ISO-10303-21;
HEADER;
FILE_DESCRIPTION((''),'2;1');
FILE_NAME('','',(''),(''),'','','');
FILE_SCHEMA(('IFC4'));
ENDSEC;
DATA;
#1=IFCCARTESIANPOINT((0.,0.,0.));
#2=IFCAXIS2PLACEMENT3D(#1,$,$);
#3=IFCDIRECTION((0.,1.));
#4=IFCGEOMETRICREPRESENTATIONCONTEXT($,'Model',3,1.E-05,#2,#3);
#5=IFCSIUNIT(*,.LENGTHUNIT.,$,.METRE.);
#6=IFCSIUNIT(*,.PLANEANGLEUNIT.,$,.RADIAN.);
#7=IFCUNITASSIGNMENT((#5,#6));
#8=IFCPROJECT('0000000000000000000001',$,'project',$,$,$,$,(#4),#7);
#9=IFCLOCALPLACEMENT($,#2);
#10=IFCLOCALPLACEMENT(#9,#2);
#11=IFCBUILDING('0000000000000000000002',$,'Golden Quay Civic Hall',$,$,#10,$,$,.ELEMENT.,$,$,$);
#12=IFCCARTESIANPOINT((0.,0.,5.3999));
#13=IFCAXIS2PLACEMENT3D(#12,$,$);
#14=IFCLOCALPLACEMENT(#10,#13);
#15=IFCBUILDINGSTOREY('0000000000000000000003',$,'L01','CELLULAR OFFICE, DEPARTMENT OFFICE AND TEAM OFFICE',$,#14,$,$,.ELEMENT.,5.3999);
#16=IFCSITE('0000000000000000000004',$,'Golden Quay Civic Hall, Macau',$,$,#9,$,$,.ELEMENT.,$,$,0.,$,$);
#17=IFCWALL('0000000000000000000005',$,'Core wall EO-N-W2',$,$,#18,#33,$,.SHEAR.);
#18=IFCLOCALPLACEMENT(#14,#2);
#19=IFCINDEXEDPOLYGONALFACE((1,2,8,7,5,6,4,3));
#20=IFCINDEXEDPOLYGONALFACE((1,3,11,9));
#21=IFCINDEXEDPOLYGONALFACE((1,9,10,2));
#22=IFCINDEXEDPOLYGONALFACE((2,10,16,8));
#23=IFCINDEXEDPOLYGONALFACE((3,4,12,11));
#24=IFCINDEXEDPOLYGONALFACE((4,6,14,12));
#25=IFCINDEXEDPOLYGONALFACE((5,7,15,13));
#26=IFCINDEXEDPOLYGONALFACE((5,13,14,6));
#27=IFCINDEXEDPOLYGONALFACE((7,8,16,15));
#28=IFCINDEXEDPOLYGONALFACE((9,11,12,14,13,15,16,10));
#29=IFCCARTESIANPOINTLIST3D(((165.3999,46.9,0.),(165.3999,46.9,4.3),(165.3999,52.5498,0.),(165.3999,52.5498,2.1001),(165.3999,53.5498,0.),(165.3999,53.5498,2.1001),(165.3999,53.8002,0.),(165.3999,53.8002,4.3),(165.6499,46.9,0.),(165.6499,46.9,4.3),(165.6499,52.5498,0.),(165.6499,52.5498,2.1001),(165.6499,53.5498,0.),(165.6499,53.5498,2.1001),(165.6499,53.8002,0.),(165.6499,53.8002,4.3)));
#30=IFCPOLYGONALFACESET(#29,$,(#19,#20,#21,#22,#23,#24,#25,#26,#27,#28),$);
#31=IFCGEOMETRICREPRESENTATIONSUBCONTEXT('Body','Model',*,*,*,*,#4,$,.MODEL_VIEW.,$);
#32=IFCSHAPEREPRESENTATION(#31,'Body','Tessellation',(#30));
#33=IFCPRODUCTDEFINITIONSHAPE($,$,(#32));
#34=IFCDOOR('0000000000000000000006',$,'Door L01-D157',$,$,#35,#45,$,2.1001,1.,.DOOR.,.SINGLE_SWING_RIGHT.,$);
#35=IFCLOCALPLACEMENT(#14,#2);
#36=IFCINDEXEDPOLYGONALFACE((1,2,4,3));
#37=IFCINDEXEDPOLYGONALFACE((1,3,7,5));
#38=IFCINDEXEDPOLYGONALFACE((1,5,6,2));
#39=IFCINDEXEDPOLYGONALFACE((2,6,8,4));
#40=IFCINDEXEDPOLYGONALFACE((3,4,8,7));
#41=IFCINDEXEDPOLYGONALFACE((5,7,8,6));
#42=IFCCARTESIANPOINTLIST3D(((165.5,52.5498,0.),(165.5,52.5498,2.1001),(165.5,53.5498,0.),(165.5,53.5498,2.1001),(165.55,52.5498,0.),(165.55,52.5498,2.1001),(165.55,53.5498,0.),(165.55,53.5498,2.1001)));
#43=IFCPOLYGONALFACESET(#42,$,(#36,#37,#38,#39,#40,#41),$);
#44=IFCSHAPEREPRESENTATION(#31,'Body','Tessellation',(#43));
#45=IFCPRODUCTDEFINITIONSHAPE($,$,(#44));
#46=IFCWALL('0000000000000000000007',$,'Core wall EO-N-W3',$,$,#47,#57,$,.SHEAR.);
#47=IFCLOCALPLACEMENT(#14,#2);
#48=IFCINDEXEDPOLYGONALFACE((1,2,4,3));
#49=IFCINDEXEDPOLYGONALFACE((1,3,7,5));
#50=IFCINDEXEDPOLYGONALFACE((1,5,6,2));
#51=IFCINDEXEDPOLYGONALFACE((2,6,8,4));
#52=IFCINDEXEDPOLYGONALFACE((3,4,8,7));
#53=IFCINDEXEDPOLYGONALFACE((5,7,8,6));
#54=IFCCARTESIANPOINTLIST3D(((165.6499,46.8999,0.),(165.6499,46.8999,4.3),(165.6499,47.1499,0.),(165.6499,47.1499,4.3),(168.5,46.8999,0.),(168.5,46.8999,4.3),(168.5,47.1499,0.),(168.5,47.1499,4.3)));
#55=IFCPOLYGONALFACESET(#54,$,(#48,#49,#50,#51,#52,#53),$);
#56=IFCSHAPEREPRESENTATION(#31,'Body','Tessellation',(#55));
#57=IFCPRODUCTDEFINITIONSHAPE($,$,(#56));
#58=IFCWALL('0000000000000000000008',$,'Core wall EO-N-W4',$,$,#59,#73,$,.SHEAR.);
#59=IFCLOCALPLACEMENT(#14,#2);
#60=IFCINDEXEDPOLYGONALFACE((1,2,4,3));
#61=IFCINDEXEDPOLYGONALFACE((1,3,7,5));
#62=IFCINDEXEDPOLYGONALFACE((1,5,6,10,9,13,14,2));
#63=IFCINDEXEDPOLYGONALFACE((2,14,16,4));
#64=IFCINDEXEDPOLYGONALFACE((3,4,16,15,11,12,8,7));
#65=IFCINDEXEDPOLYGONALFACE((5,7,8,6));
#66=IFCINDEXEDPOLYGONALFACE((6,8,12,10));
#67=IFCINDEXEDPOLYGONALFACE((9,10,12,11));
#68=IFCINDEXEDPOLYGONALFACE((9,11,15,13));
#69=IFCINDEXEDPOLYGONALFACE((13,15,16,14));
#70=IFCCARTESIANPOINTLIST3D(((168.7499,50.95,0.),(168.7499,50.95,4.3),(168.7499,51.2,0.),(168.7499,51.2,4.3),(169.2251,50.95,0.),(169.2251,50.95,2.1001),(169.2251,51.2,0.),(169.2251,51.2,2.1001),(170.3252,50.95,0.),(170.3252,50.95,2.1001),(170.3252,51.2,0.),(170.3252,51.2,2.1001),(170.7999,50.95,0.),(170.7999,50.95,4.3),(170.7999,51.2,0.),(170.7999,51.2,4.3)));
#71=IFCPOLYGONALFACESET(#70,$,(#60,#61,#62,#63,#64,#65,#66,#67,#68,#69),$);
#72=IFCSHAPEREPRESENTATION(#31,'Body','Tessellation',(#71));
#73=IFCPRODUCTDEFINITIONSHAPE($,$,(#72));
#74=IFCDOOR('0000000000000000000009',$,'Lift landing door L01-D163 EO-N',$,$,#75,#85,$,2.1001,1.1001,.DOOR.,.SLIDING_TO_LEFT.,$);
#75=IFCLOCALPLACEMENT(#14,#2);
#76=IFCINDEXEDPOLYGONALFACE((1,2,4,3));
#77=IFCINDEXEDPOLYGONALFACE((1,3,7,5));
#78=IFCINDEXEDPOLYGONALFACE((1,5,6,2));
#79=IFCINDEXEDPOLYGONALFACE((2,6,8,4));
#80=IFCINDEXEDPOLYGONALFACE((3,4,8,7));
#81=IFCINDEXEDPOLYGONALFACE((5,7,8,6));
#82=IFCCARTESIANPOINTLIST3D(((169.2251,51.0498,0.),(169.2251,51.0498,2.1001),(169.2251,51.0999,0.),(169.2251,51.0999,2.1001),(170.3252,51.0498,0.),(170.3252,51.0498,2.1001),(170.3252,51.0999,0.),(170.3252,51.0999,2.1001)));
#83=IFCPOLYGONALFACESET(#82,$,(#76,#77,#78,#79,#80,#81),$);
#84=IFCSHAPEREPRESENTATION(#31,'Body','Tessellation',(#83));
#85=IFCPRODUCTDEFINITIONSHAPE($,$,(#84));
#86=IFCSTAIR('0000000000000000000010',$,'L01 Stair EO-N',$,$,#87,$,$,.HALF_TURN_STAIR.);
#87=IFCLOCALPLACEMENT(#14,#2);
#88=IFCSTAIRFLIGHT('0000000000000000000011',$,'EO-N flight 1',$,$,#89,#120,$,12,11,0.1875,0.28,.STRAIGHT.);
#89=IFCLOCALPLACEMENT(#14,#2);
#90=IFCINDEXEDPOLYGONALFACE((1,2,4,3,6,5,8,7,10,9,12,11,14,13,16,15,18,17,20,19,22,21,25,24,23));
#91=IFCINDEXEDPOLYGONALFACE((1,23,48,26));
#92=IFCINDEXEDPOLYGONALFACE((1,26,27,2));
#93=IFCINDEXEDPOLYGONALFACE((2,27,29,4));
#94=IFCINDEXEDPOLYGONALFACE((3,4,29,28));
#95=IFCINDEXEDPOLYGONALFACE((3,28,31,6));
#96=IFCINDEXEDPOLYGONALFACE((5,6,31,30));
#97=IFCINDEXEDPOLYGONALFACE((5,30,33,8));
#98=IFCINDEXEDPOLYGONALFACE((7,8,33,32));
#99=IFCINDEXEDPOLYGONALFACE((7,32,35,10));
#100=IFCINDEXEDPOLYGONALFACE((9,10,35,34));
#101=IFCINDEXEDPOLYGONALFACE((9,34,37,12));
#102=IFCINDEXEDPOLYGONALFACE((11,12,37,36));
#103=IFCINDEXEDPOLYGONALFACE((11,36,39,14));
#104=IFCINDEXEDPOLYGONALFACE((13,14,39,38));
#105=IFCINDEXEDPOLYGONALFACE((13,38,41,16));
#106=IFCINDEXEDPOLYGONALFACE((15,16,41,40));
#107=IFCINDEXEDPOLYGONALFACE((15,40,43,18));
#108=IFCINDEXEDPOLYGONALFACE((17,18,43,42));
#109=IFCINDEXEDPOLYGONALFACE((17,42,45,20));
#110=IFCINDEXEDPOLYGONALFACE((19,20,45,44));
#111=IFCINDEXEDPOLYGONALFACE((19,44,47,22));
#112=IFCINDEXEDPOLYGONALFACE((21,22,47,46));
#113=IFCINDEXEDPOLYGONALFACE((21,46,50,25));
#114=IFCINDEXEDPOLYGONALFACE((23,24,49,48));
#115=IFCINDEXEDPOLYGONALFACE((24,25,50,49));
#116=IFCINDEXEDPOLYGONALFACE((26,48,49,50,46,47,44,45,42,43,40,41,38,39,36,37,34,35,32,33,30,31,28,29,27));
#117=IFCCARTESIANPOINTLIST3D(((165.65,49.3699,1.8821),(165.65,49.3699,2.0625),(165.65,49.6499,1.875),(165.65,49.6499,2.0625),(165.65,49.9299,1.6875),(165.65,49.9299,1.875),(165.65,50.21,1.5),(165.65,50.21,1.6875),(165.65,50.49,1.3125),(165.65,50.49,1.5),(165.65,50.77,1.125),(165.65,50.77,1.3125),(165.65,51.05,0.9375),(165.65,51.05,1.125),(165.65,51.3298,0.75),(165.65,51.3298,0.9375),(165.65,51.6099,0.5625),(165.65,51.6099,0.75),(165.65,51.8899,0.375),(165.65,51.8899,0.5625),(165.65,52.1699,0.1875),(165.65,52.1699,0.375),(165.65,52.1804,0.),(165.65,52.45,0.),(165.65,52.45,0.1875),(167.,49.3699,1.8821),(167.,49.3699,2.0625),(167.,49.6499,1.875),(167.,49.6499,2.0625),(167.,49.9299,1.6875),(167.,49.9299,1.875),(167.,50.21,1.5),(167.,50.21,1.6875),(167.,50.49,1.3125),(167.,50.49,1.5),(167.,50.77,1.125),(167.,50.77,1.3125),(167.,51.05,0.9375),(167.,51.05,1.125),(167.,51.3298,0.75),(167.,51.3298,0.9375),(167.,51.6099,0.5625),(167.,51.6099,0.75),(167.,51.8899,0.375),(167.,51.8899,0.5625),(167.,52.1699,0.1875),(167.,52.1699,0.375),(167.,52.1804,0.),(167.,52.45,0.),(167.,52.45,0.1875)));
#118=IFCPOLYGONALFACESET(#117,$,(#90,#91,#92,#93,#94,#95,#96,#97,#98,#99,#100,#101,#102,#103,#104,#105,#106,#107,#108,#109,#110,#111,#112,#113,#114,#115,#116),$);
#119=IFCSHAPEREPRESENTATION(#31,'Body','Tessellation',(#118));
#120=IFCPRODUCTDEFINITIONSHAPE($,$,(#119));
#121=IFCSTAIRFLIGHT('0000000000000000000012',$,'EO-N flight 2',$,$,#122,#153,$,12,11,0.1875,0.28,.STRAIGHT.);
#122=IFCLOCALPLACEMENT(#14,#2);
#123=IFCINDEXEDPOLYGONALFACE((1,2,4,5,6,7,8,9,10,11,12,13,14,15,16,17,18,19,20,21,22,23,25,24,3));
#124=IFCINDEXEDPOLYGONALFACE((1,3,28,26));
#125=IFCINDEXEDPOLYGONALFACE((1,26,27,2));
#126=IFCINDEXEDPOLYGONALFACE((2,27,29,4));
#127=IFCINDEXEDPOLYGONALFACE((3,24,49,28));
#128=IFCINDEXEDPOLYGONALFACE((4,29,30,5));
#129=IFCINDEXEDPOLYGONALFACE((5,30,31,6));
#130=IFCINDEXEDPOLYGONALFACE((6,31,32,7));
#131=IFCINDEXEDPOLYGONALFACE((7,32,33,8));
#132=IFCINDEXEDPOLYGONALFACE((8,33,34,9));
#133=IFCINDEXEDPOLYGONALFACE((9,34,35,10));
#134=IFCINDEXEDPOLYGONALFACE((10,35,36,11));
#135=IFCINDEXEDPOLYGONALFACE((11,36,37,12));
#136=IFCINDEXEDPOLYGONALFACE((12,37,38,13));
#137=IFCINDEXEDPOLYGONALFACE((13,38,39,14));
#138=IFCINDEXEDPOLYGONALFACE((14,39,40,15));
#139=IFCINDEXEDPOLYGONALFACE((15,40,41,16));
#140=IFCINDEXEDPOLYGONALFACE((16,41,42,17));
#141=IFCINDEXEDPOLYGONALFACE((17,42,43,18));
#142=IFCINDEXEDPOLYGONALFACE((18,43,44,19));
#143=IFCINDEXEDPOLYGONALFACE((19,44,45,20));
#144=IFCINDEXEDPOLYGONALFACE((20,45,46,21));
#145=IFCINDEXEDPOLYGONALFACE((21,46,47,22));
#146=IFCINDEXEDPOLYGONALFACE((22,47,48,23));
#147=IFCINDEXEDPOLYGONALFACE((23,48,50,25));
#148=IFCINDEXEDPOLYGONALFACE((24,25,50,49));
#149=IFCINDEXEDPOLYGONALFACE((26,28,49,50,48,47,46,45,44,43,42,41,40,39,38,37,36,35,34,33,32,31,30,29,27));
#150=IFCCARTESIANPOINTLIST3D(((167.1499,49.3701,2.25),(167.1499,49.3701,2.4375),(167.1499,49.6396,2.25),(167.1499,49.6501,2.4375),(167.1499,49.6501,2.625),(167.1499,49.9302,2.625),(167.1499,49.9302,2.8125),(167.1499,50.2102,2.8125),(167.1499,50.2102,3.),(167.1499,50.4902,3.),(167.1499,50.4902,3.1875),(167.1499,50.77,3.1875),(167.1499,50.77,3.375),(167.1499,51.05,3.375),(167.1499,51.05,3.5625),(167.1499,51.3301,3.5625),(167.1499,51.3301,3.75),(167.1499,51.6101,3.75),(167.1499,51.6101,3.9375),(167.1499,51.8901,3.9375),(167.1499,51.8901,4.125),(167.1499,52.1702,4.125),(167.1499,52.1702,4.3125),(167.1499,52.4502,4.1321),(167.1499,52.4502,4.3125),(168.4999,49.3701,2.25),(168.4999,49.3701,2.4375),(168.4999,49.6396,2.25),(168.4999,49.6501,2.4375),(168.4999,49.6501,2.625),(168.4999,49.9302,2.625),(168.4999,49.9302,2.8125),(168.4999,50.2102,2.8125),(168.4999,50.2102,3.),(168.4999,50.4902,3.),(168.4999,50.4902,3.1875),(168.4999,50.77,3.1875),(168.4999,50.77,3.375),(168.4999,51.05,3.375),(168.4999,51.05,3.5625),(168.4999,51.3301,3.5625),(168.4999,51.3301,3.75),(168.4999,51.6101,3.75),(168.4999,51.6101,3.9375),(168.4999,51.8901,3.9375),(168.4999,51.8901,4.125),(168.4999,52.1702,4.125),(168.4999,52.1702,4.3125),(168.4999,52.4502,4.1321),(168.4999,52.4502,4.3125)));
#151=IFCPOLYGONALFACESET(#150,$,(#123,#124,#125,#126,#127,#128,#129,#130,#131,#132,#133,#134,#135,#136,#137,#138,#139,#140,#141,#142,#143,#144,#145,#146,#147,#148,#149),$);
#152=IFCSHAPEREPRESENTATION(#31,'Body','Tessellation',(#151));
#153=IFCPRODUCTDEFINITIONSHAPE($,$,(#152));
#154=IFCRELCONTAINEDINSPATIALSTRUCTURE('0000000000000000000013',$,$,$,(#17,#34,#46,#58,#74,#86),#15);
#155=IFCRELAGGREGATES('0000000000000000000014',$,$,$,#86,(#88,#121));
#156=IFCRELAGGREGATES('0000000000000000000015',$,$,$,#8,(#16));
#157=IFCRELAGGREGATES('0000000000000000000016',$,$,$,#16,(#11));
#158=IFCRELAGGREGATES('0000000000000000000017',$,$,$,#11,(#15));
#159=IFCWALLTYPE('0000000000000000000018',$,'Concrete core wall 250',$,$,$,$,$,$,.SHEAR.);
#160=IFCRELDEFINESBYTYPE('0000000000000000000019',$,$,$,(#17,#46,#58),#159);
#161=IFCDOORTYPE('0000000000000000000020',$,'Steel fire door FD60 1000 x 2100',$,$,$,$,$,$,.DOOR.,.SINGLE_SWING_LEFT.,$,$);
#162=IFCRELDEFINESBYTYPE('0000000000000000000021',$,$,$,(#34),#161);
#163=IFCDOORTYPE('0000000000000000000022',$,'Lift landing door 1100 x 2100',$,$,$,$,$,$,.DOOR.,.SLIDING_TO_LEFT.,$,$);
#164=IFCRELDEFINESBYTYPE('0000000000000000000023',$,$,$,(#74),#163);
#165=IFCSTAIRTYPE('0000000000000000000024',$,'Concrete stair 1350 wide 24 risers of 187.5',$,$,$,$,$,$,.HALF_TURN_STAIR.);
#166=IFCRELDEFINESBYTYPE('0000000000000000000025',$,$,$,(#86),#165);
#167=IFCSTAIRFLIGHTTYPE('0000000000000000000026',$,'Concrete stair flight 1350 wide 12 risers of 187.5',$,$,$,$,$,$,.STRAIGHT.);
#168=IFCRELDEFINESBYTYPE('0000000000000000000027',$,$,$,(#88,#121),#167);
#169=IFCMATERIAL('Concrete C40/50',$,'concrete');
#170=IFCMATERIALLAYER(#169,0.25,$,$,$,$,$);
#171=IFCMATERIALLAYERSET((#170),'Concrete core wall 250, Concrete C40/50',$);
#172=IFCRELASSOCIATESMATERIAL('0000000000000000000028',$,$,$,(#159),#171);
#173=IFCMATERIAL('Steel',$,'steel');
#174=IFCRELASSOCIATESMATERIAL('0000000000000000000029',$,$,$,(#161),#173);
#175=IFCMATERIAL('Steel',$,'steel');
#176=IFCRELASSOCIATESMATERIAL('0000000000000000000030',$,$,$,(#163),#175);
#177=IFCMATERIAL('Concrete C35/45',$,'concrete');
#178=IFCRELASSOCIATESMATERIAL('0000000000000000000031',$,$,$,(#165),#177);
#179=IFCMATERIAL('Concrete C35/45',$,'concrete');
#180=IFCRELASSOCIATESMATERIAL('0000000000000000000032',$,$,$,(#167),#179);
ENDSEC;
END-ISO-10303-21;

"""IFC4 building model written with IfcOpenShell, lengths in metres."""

from ifc_helpers import new_model, si_unit, direction, frame, frame_2d, origin, place, context, subcontext, project, spatial, polyline, rectangle, outline, extrude, material, layer, layer_set, type_object, element, fill, aggregate, save


model = new_model("IFC4")

# Units and contexts
model_context = context("Model", 3, precision=1e-05, world=origin(), true_north=direction((0.0, 1.0)))
body_context = subcontext(model_context, "Body", "Model", "MODEL_VIEW")
ifc_project = project(units=[si_unit("LENGTHUNIT", "METRE"), si_unit("PLANEANGLEUNIT", "RADIAN")], contexts=[model_context])

# Site, building, storey
site_placement = place(None, origin())
site = spatial("IfcSite", under=ifc_project, at=site_placement, Name="Golden Quay Civic Hall, Macau", CompositionType="ELEMENT", RefElevation=0.0)
building_placement = place(site_placement, origin())
building = spatial("IfcBuilding", under=site, at=building_placement, Name="Golden Quay Civic Hall", CompositionType="ELEMENT")
storey_placement = place(building_placement, frame((0.0, 0.0, 5.3999)))
storey = spatial("IfcBuildingStorey", under=building, at=storey_placement, Name="L01", Description="CELLULAR OFFICE, DEPARTMENT OFFICE AND TEAM OFFICE", CompositionType="ELEMENT", Elevation=5.3999)

# Shared definitions
ifc_material_1 = material(Name="Concrete C40/50", Category="concrete")
ifc_layer_1 = layer(ifc_material_1, 0.25)
ifc_layer_set_1 = layer_set([ifc_layer_1], Name="Concrete core wall 250, Concrete C40/50")
wall_type_1 = type_object("IfcWallType", Name="Concrete core wall 250", PredefinedType="SHEAR", material=ifc_layer_set_1)

# Wall, opening, door
wall_1_placement = place(storey_placement, frame((165.5249, 46.8999, 0.0), z_axis=(0.0, 0.0, 1.0), x_axis=(0.0, 1.0, 0.0)))
wall_1 = element("IfcWall", 1, at=wall_1_placement, inside=storey, type_object=wall_type_1, Name="Core wall EO-N-W2", PredefinedType="SHEAR", context=body_context, shape_type="SweptSolid", body=[
    extrude(rectangle(XDim=6.9001, YDim=0.25, at=frame_2d((3.4502, 0.0))), origin(), (0.0, 0.0, 1.0), 4.3),
])
opening_1_placement = place(wall_1_placement, frame((5.6499, 0.0, 0.0)))
opening_1 = element("IfcOpeningElement", 2, at=opening_1_placement, cuts=wall_1, PredefinedType="OPENING", context=body_context, shape_type="SweptSolid", body=[
    extrude(rectangle(XDim=1.0, YDim=2.1001, at=frame_2d((0.5, 1.05))), frame((0.0, 0.135, 0.0), z_axis=(0.0, -1.0, 0.0), x_axis=(1.0, 0.0, 0.0)), (0.0, 0.0, 1.0), 0.27),
])
ifc_material_2 = material(Name="Steel", Category="steel")
door_type_1 = type_object("IfcDoorType", Name="Steel fire door FD60 1000 x 2100", OperationType="SINGLE_SWING_LEFT", PredefinedType="DOOR", material=ifc_material_2)
door_1_placement = place(opening_1_placement, frame((1.0, 0.0, 0.0), z_axis=(0.0, 0.0, 1.0), x_axis=(-1.0, 0.0, 0.0)))
door_1 = element("IfcDoor", 3, at=door_1_placement, inside=storey, type_object=door_type_1, Name="Door L01-D157", OperationType="SINGLE_SWING_RIGHT", OverallHeight=2.1001, OverallWidth=1.0, PredefinedType="DOOR", context=body_context, shape_type="SweptSolid", body=[
    extrude(rectangle(XDim=1.0, YDim=2.1001, at=frame_2d((0.5, 1.05))), frame((0.0, 0.0251, 0.0), z_axis=(0.0, -1.0, 0.0), x_axis=(1.0, 0.0, 0.0)), (0.0, 0.0, 1.0), 0.05),
])
fill(opening_1, door_1)

# Wall
wall_2_placement = place(storey_placement, frame((165.6499, 47.0249, 0.0), z_axis=(0.0, 0.0, 1.0), x_axis=(1.0, 0.0, 0.0)))
element("IfcWall", 4, at=wall_2_placement, inside=storey, type_object=wall_type_1, Name="Core wall EO-N-W3", PredefinedType="SHEAR", context=body_context, shape_type="SweptSolid", body=[
    extrude(rectangle(XDim=2.8501, YDim=0.25, at=frame_2d((1.425, 0.0))), origin(), (0.0, 0.0, 1.0), 4.3),
])

# Wall, opening, door
wall_3_placement = place(storey_placement, frame((168.75, 51.075, 0.0), z_axis=(0.0, 0.0, 1.0), x_axis=(1.0, 0.0, 0.0)))
wall_3 = element("IfcWall", 5, at=wall_3_placement, inside=storey, type_object=wall_type_1, Name="Core wall EO-N-W4", PredefinedType="SHEAR", context=body_context, shape_type="SweptSolid", body=[
    extrude(rectangle(XDim=2.05, YDim=0.25, at=frame_2d((1.0249, 0.0))), origin(), (0.0, 0.0, 1.0), 4.3),
])
opening_2_placement = place(wall_3_placement, frame((0.4751, 0.0, 0.0)))
opening_2 = element("IfcOpeningElement", 6, at=opening_2_placement, cuts=wall_3, PredefinedType="OPENING", context=body_context, shape_type="SweptSolid", body=[
    extrude(rectangle(XDim=1.1001, YDim=2.1001, at=frame_2d((0.55, 1.05))), frame((0.0, 0.135, 0.0), z_axis=(0.0, -1.0, 0.0), x_axis=(1.0, 0.0, 0.0)), (0.0, 0.0, 1.0), 0.27),
])
ifc_material_3 = material(Name="Steel", Category="steel")
door_type_2 = type_object("IfcDoorType", Name="Lift landing door 1100 x 2100", OperationType="SLIDING_TO_LEFT", PredefinedType="DOOR", material=ifc_material_3)
door_2_placement = place(opening_2_placement, origin())
door_2 = element("IfcDoor", 7, at=door_2_placement, inside=storey, type_object=door_type_2, Name="Lift landing door L01-D163 EO-N", OperationType="SLIDING_TO_LEFT", OverallHeight=2.1001, OverallWidth=1.1001, PredefinedType="DOOR", context=body_context, shape_type="SweptSolid", body=[
    extrude(rectangle(XDim=1.1001, YDim=2.1001, at=frame_2d((0.55, 1.05))), frame((0.0, 0.0249, 0.0), z_axis=(0.0, -1.0, 0.0), x_axis=(1.0, 0.0, 0.0)), (0.0, 0.0, 1.0), 0.05),
])
fill(opening_2, door_2)

# Stair, stair flights
ifc_material_4 = material(Name="Concrete C35/45", Category="concrete")
stair_type = type_object("IfcStairType", Name="Concrete stair 1350 wide 24 risers of 187.5", PredefinedType="HALF_TURN_STAIR", material=ifc_material_4)
stair_placement = place(storey_placement, origin())
stair = element("IfcStair", 8, at=stair_placement, inside=storey, type_object=stair_type, Name="L01 Stair EO-N", PredefinedType="HALF_TURN_STAIR")
ifc_material_5 = material(Name="Concrete C35/45", Category="concrete")
stair_flight_type = type_object("IfcStairFlightType", Name="Concrete stair flight 1350 wide 12 risers of 187.5", PredefinedType="STRAIGHT", material=ifc_material_5)
stair_flight_1_placement = place(storey_placement, frame((166.325, 52.45, 0.0), z_axis=(0.0, 0.0, 1.0), x_axis=(0.0, -1.0, 0.0)))
stair_flight_1 = element("IfcStairFlight", 9, at=stair_flight_1_placement, type_object=stair_flight_type, Name="EO-N flight 1", NumberOfRisers=12, NumberOfTreads=11, PredefinedType="STRAIGHT", RiserHeight=0.1875, TreadLength=0.28, context=body_context, shape_type="SweptSolid", body=[
    extrude(outline(polyline([(0.0, 0.0), (0.0, 0.1875), (0.28, 0.1875), (0.28, 0.375), (0.5601, 0.375), (0.5601, 0.5625), (0.8401, 0.5625), (0.8401, 0.75), (1.1201, 0.75), (1.1201, 0.9375), (1.3999, 0.9375), (1.3999, 1.125), (1.6799, 1.125), (1.6799, 1.3125), (1.96, 1.3125), (1.96, 1.5), (2.24, 1.5), (2.24, 1.6875), (2.52, 1.6875), (2.52, 1.875), (2.8, 1.875), (2.8, 2.0625), (3.0801, 2.0625), (3.0801, 2.25), (3.0801, 1.8821), (0.2695, 0.0), (0.0, 0.0)])), frame((0.0, 0.675, 0.0), z_axis=(0.0, -1.0, 0.0), x_axis=(1.0, 0.0, 0.0)), (0.0, 0.0, 1.0), 1.35),
])
stair_flight_2_placement = place(storey_placement, frame((167.825, 49.3701, 2.25), z_axis=(0.0, 0.0, 1.0), x_axis=(0.0, 1.0, 0.0)))
stair_flight_2 = element("IfcStairFlight", 10, at=stair_flight_2_placement, type_object=stair_flight_type, Name="EO-N flight 2", NumberOfRisers=12, NumberOfTreads=11, PredefinedType="STRAIGHT", RiserHeight=0.1875, TreadLength=0.28, context=body_context, shape_type="SweptSolid", body=[
    extrude(outline(polyline([(0.0, 0.0), (0.0, 0.1875), (0.28, 0.1875), (0.28, 0.375), (0.5601, 0.375), (0.5601, 0.5625), (0.8401, 0.5625), (0.8401, 0.75), (1.1201, 0.75), (1.1201, 0.9375), (1.3999, 0.9375), (1.3999, 1.125), (1.6799, 1.125), (1.6799, 1.3125), (1.96, 1.3125), (1.96, 1.5), (2.24, 1.5), (2.24, 1.6875), (2.52, 1.6875), (2.52, 1.875), (2.8, 1.875), (2.8, 2.0625), (3.0801, 2.0625), (3.0801, 2.25), (3.0801, 1.8821), (0.2695, 0.0), (0.0, 0.0)])), frame((0.0, 0.675, 0.0), z_axis=(0.0, -1.0, 0.0), x_axis=(1.0, 0.0, 0.0)), (0.0, 0.0, 1.0), 1.35),
])
aggregate(stair, [stair_flight_1, stair_flight_2])

save(model, "model.ifc")
